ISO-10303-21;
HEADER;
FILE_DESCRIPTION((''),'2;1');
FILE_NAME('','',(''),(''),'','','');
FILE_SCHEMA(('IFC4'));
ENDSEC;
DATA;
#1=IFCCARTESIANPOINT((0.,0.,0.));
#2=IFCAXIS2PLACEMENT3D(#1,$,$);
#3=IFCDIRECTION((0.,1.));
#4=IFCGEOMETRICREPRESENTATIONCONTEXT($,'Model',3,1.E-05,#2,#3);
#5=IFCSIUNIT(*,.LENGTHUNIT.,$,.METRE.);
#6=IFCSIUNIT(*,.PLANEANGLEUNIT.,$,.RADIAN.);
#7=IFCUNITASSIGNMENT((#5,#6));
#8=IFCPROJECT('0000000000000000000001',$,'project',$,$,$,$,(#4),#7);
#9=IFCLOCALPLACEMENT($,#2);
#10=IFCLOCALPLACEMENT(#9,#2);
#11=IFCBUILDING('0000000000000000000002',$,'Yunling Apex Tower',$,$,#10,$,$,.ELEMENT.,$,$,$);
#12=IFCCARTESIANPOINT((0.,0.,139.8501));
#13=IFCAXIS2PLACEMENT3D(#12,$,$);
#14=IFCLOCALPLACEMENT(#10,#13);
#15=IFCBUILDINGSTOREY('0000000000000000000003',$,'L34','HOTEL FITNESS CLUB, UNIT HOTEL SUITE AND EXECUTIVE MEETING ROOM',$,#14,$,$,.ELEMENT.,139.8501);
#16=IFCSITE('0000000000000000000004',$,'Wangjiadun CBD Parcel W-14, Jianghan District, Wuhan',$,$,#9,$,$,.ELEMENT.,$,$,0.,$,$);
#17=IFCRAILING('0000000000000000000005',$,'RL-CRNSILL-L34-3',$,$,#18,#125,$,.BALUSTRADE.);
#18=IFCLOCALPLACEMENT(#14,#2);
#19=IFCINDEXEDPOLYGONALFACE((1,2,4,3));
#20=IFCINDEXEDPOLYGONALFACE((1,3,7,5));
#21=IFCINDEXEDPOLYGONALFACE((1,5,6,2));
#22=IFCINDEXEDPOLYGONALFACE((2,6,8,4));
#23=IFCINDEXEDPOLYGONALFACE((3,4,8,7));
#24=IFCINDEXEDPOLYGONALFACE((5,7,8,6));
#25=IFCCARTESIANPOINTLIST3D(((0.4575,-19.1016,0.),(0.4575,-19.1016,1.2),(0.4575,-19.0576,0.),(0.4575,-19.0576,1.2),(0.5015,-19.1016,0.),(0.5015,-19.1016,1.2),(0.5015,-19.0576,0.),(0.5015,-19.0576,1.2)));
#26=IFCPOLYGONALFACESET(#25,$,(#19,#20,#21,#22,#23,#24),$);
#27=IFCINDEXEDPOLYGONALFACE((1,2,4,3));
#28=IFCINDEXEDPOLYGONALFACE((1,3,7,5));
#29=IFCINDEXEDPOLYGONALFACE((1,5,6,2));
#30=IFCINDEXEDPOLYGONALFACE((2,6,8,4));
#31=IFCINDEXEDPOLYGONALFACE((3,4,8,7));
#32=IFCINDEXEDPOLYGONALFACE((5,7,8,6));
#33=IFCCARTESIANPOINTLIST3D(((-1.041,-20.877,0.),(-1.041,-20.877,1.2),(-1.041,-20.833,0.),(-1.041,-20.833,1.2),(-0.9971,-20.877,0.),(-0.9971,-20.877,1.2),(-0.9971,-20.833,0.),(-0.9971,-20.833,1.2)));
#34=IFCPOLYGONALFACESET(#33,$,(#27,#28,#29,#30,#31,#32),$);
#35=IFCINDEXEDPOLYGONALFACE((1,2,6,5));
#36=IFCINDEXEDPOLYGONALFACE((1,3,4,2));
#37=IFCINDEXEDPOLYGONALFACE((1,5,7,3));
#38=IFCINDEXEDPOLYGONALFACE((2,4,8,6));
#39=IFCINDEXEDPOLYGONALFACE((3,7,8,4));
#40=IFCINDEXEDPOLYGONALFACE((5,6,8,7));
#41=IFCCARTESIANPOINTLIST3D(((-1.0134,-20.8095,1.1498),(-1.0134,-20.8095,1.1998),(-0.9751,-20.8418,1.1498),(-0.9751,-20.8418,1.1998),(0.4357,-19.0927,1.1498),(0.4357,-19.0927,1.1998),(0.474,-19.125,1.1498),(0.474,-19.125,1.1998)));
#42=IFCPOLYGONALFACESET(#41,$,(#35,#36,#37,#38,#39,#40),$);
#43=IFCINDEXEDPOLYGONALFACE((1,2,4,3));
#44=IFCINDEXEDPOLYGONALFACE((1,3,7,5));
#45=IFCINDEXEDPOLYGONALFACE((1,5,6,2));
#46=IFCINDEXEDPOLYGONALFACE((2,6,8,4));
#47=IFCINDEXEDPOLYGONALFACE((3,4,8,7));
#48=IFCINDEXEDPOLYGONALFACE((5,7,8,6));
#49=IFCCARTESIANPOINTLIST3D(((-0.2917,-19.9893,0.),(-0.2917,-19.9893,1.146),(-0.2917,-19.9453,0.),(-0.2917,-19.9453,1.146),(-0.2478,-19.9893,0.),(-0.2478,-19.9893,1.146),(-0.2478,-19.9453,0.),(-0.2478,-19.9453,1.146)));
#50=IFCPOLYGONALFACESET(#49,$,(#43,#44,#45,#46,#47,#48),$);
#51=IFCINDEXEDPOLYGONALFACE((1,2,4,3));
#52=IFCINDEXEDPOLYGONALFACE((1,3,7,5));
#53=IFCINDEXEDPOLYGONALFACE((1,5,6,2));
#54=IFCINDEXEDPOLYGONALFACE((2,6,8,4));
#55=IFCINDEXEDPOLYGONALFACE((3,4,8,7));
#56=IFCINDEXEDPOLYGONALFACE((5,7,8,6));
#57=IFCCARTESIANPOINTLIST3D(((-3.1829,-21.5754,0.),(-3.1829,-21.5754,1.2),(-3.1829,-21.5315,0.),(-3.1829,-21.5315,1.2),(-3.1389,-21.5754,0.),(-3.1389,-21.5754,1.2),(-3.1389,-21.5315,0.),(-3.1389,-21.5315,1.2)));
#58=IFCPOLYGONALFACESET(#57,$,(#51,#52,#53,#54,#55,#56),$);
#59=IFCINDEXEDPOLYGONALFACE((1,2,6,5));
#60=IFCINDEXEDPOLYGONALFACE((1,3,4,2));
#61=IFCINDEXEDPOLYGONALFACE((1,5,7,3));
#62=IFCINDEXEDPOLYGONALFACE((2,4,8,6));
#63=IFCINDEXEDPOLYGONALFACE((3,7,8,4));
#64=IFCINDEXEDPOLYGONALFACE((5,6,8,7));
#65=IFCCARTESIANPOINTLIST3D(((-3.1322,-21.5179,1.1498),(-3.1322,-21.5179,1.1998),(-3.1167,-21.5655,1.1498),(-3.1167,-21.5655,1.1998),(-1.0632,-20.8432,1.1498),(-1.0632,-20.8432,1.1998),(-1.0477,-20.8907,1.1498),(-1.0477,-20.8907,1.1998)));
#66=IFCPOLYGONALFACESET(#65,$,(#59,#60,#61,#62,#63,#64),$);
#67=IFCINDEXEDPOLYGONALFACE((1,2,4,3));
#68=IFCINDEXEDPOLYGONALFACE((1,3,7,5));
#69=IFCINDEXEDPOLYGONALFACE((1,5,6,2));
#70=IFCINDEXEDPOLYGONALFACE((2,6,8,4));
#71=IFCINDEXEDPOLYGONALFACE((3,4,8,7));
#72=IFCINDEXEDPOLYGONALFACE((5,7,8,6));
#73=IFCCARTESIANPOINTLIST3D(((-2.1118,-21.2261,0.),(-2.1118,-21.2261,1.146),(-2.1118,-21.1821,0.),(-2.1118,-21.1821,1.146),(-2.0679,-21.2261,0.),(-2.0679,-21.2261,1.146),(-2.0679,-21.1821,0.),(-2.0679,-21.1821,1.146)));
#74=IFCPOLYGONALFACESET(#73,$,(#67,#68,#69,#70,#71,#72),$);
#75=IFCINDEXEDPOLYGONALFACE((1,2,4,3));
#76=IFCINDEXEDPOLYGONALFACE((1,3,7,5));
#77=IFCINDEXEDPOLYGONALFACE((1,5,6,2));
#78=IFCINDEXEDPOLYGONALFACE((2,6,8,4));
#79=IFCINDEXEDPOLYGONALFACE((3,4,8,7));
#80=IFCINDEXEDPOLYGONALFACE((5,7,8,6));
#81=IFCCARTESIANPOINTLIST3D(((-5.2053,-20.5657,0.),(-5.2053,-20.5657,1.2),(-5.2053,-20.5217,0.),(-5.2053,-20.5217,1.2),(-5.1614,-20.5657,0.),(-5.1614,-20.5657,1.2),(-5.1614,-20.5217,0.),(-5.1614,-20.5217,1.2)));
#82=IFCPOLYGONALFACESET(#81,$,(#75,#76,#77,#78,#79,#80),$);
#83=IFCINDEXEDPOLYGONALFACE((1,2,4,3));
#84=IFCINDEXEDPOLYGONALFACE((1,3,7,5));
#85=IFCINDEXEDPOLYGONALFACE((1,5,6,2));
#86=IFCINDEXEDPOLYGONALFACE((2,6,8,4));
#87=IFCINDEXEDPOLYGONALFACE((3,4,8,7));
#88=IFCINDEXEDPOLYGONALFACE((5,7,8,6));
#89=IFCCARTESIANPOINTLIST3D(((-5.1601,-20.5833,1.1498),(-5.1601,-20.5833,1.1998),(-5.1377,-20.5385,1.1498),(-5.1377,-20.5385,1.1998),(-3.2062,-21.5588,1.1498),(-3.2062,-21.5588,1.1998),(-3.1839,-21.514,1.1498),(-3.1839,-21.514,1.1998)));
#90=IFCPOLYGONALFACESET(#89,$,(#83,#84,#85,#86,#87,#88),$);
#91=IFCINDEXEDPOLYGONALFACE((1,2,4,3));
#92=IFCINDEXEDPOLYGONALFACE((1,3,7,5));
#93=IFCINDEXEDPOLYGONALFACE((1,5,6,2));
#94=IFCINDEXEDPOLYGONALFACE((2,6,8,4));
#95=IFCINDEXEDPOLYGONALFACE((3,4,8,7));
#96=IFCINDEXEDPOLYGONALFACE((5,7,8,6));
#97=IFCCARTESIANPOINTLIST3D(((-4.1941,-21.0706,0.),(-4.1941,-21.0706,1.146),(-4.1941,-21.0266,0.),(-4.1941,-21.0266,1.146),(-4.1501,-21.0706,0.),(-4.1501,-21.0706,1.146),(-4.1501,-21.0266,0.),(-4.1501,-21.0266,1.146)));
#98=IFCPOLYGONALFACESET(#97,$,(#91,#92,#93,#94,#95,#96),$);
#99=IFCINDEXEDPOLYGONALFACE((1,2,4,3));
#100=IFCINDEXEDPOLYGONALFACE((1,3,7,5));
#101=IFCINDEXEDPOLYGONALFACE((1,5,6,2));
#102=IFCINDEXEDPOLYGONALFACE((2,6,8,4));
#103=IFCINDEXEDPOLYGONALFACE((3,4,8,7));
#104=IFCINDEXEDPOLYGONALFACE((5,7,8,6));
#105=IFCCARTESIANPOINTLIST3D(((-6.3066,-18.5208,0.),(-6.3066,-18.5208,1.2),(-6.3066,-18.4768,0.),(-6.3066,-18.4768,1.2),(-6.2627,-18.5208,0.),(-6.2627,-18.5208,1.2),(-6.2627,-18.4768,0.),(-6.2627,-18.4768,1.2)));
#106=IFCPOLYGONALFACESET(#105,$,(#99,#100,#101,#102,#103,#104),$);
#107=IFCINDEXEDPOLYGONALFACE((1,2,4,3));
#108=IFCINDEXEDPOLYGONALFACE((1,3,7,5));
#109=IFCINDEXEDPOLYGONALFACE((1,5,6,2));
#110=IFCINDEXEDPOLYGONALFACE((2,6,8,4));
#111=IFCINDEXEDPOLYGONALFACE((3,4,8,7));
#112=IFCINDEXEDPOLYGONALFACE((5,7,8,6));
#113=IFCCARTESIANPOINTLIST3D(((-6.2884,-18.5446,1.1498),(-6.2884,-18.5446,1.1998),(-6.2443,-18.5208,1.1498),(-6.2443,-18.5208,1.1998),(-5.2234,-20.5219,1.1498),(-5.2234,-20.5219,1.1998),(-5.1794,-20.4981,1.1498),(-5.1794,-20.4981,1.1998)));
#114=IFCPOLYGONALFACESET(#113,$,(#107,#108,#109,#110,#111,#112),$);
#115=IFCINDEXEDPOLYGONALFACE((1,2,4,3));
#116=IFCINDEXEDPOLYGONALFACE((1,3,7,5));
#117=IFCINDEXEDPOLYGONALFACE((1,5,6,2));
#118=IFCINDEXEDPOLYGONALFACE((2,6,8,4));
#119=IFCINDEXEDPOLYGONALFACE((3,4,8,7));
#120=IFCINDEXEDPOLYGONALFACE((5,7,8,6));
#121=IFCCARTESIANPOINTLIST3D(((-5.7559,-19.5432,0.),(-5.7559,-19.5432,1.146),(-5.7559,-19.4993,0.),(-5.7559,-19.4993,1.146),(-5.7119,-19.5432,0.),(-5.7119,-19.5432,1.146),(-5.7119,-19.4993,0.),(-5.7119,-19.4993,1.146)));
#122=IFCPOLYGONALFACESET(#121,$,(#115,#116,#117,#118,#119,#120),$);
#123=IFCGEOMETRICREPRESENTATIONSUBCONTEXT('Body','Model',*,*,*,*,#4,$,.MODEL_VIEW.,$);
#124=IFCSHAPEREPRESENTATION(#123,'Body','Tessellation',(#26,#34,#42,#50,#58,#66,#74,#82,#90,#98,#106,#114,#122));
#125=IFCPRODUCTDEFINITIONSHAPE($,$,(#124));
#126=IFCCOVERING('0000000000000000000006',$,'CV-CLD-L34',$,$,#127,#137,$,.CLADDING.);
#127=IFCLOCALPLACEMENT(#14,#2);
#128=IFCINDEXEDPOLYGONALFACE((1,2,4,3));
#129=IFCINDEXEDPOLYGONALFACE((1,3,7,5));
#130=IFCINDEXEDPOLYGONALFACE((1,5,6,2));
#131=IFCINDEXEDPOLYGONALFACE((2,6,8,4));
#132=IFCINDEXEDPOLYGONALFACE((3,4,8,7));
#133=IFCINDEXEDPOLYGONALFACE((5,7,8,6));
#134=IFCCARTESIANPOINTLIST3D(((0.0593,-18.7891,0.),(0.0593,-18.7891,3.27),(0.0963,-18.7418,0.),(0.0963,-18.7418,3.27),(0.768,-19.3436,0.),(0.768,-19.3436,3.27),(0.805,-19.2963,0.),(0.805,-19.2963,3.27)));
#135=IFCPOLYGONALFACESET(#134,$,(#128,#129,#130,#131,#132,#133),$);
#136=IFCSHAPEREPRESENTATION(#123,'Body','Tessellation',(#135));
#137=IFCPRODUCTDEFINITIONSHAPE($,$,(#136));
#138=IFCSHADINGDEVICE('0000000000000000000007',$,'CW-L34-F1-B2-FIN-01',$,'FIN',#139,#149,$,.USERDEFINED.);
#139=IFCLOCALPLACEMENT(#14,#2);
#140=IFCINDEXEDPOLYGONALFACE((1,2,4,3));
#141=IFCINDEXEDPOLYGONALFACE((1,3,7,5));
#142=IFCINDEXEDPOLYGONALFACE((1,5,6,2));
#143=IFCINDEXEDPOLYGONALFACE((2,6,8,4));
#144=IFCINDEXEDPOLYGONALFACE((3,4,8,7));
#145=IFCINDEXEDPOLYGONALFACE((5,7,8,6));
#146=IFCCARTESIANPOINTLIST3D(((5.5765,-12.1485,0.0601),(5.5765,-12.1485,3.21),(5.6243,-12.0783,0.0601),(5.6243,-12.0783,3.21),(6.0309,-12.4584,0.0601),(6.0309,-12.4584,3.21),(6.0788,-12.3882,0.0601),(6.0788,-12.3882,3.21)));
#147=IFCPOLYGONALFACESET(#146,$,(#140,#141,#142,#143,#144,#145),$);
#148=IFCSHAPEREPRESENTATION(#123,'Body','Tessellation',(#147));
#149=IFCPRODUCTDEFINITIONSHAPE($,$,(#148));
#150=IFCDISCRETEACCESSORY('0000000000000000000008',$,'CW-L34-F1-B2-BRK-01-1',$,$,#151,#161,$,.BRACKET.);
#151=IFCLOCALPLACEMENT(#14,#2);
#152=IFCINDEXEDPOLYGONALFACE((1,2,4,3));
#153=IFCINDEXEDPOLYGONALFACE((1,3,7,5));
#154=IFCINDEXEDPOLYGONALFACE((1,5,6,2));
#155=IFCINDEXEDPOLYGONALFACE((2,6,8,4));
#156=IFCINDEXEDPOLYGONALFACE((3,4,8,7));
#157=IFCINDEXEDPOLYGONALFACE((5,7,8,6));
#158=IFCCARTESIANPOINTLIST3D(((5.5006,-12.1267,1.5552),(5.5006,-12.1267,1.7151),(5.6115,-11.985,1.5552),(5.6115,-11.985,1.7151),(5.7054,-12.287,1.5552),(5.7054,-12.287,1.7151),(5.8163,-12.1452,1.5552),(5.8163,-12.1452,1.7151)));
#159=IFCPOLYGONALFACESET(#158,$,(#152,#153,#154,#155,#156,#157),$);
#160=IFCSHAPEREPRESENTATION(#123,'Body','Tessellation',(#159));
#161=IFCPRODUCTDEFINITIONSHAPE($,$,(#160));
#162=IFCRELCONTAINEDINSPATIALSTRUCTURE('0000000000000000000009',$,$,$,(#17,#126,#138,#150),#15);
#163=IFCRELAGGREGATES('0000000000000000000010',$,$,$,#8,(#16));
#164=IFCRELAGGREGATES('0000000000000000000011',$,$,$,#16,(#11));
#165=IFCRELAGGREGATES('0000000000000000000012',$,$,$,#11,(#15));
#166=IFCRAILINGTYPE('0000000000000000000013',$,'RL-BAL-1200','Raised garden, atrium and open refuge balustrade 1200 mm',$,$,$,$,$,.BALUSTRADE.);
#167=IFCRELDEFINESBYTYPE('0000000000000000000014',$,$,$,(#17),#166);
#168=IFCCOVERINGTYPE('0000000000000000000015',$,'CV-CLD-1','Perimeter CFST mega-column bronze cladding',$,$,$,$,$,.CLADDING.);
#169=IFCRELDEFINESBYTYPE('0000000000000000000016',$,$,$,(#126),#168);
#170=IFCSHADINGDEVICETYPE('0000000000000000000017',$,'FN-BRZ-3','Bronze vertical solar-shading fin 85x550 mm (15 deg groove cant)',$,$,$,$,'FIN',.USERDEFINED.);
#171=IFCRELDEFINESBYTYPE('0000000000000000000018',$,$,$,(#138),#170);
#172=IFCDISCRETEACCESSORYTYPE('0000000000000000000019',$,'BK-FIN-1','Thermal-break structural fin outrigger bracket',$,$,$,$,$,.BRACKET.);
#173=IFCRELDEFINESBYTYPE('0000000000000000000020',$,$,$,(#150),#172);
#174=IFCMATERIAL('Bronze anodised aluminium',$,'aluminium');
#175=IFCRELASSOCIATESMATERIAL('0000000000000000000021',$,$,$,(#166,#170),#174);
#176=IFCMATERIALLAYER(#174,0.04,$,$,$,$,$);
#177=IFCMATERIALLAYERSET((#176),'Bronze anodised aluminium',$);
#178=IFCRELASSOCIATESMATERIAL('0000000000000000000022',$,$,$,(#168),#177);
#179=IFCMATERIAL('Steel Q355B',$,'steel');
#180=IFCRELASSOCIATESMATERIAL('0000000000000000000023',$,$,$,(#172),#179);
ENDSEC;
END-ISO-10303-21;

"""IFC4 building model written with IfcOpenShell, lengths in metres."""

from ifc_helpers import new_model, si_unit, direction, frame, origin, origin_2d, place, context, subcontext, project, spatial, rectangle, extrude, source, transform, mapped, material, layer, layer_set, material_profile, profile_set, type_object, element, save


model = new_model("IFC4")

# Units and contexts
model_context = context("Model", 3, precision=1e-05, world=origin(), true_north=direction((0.0, 1.0)))
body_context = subcontext(model_context, "Body", "Model", "MODEL_VIEW")
ifc_project = project(units=[si_unit("LENGTHUNIT", "METRE"), si_unit("PLANEANGLEUNIT", "RADIAN")], contexts=[model_context])

# Site, building, storey
site_placement = place(None, origin())
site = spatial("IfcSite", under=ifc_project, at=site_placement, Name="Wangjiadun CBD Parcel W-14, Jianghan District, Wuhan", CompositionType="ELEMENT", RefElevation=0.0)
building_placement = place(site_placement, origin())
building = spatial("IfcBuilding", under=site, at=building_placement, Name="Yunling Apex Tower", CompositionType="ELEMENT")
storey_placement = place(building_placement, frame((0.0, 0.0, 139.8501)))
storey = spatial("IfcBuildingStorey", under=building, at=storey_placement, Name="L34", Description="HOTEL FITNESS CLUB, UNIT HOTEL SUITE AND EXECUTIVE MEETING ROOM", CompositionType="ELEMENT", Elevation=139.8501)

# Shared definitions
ifc_material_1 = material(Name="Steel Q355B", Category="steel")

# Shared definitions
ifc_material_2 = material(Name="Bronze anodised aluminium", Category="aluminium")

# Railing
railing_type = type_object("IfcRailingType", Name="RL-BAL-1200", Description="Raised garden, atrium and open refuge balustrade 1200 mm", PredefinedType="BALUSTRADE", material=ifc_material_2)
railing_placement = place(storey_placement, frame((0.4795, -19.0796, 0.0)))
element("IfcRailing", 1, at=railing_placement, inside=storey, type_object=railing_type, Name="RL-CRNSILL-L34-3", PredefinedType="BALUSTRADE", context=body_context, shape_type="SweptSolid", body=[
    extrude(rectangle(XDim=0.0439, YDim=0.0439, at=origin_2d()), origin(), (0.0, 0.0, 1.0), 1.2),
    extrude(rectangle(XDim=0.0439, YDim=0.0439, at=origin_2d()), frame((-1.4985, -1.7754, 0.0)), (0.0, 0.0, 1.0), 1.2),
    extrude(rectangle(XDim=0.05, YDim=0.05, at=origin_2d()), frame((-0.0247, -0.0293, 1.1748), z_axis=(-0.645009, -0.764175, 0.0), x_axis=(0.764175, -0.645009, 0.0)), (0.0, 0.0, 1.0), 2.2466),
    extrude(rectangle(XDim=0.0439, YDim=0.0439, at=origin_2d()), frame((-0.7493, -0.8877, 0.0)), (0.0, 0.0, 1.0), 1.146),
    extrude(rectangle(XDim=0.0439, YDim=0.0439, at=origin_2d()), frame((-3.6404, -2.4739, 0.0)), (0.0, 0.0, 1.0), 1.2),
    extrude(rectangle(XDim=0.05, YDim=0.05, at=origin_2d()), frame((-1.5349, -1.7874, 1.1748), z_axis=(-0.950722, -0.310044, 0.0), x_axis=(0.310044, -0.950722, 0.0)), (0.0, 0.0, 1.0), 2.1763),
    extrude(rectangle(XDim=0.0439, YDim=0.0439, at=origin_2d()), frame((-2.5693, -2.1245, 0.0)), (0.0, 0.0, 1.0), 1.146),
    extrude(rectangle(XDim=0.0439, YDim=0.0439, at=origin_2d()), frame((-5.6628, -1.4641, 0.0)), (0.0, 0.0, 1.0), 1.2),
    extrude(rectangle(XDim=0.05, YDim=0.05, at=origin_2d()), frame((-3.6746, -2.4568, 1.1748), z_axis=(-0.894686, 0.446695, 0.0), x_axis=(-0.446695, -0.894686, 0.0)), (0.0, 0.0, 1.0), 2.1838),
    extrude(rectangle(XDim=0.0439, YDim=0.0439, at=origin_2d()), frame((-4.6516, -1.969, 0.0)), (0.0, 0.0, 1.0), 1.146),
    extrude(rectangle(XDim=0.0439, YDim=0.0439, at=origin_2d()), frame((-6.7642, 0.5808, 0.0)), (0.0, 0.0, 1.0), 1.2),
    extrude(rectangle(XDim=0.05, YDim=0.05, at=origin_2d()), frame((-5.6809, -1.4304, 1.1748), z_axis=(-0.474169, 0.880434, 0.0), x_axis=(-0.880434, -0.474169, 0.0)), (0.0, 0.0, 1.0), 2.2458),
    extrude(rectangle(XDim=0.0439, YDim=0.0439, at=origin_2d()), frame((-6.2134, -0.4417, 0.0)), (0.0, 0.0, 1.0), 1.146),
])

# Covering
ifc_layer_1 = layer(ifc_material_2, 0.04)
ifc_layer_set_1 = layer_set([ifc_layer_1], Name="Bronze anodised aluminium")
covering_type = type_object("IfcCoveringType", Name="CV-CLD-1", Description="Perimeter CFST mega-column bronze cladding", PredefinedType="CLADDING", material=ifc_layer_set_1)
shared_shape_1 = source(origin(), body_context, "Body", "SweptSolid", [
    extrude(rectangle(XDim=0.0601, YDim=0.8999, at=origin_2d()), origin(), (0.0, 0.0, 1.0), 3.27),
])
covering_placement = place(storey_placement, frame((0.4321, -19.0427, 0.0), z_axis=(0.0, 0.0, 1.0), x_axis=(0.616211, 0.787581, 0.0)))
element("IfcCovering", 2, at=covering_placement, inside=storey, type_object=covering_type, Name="CV-CLD-L34", PredefinedType="CLADDING", context=body_context, shape_type="MappedRepresentation", body=[
    mapped(shared_shape_1, transform((0.0, 0.0, 0.0), scale=1.0)),
])

# Shading device
ifc_material_profile_1 = material_profile(ifc_material_2, rectangle(XDim=0.085, YDim=0.55, at=origin_2d()))
ifc_profile_set_1 = profile_set([ifc_material_profile_1], Name="Bronze anodised aluminium")
shading_device_type = type_object("IfcShadingDeviceType", Name="FN-BRZ-3", Description="Bronze vertical solar-shading fin 85x550 mm (15 deg groove cant)", ElementType="FIN", PredefinedType="USERDEFINED", material=ifc_profile_set_1)
shared_shape_2 = source(origin(), body_context, "Body", "SweptSolid", [
    extrude(rectangle(XDim=0.085, YDim=0.55, at=origin_2d()), origin(), (0.0, 0.0, 1.0), 3.1499),
])
shading_device_placement = place(storey_placement, frame((5.8276, -12.2683, 0.0601), z_axis=(0.0, 0.0, 1.0), x_axis=(0.563382, 0.826197, 0.0)))
element("IfcShadingDevice", 3, at=shading_device_placement, inside=storey, type_object=shading_device_type, Name="CW-L34-F1-B2-FIN-01", ObjectType="FIN", PredefinedType="USERDEFINED", context=body_context, shape_type="MappedRepresentation", body=[
    mapped(shared_shape_2, transform((0.0, 0.0, 0.0), scale=1.0)),
])

# Discrete accessory
discrete_accessory_type = type_object("IfcDiscreteAccessoryType", Name="BK-FIN-1", Description="Thermal-break structural fin outrigger bracket", PredefinedType="BRACKET", material=ifc_material_1)
shared_shape_3 = source(origin(), body_context, "Body", "SweptSolid", [
    extrude(rectangle(XDim=0.1799, YDim=0.26, at=origin_2d()), origin(), (0.0, 0.0, 1.0), 0.1599),
])
discrete_accessory_placement = place(storey_placement, frame((5.6584, -12.136, 1.5552), z_axis=(0.0, 0.0, 1.0), x_axis=(0.616211, 0.787581, 0.0)))
element("IfcDiscreteAccessory", 4, at=discrete_accessory_placement, inside=storey, type_object=discrete_accessory_type, Name="CW-L34-F1-B2-BRK-01-1", PredefinedType="BRACKET", context=body_context, shape_type="MappedRepresentation", body=[
    mapped(shared_shape_3, transform((0.0, 0.0, 0.0), scale=1.0)),
])

save(model, "model.ifc")
